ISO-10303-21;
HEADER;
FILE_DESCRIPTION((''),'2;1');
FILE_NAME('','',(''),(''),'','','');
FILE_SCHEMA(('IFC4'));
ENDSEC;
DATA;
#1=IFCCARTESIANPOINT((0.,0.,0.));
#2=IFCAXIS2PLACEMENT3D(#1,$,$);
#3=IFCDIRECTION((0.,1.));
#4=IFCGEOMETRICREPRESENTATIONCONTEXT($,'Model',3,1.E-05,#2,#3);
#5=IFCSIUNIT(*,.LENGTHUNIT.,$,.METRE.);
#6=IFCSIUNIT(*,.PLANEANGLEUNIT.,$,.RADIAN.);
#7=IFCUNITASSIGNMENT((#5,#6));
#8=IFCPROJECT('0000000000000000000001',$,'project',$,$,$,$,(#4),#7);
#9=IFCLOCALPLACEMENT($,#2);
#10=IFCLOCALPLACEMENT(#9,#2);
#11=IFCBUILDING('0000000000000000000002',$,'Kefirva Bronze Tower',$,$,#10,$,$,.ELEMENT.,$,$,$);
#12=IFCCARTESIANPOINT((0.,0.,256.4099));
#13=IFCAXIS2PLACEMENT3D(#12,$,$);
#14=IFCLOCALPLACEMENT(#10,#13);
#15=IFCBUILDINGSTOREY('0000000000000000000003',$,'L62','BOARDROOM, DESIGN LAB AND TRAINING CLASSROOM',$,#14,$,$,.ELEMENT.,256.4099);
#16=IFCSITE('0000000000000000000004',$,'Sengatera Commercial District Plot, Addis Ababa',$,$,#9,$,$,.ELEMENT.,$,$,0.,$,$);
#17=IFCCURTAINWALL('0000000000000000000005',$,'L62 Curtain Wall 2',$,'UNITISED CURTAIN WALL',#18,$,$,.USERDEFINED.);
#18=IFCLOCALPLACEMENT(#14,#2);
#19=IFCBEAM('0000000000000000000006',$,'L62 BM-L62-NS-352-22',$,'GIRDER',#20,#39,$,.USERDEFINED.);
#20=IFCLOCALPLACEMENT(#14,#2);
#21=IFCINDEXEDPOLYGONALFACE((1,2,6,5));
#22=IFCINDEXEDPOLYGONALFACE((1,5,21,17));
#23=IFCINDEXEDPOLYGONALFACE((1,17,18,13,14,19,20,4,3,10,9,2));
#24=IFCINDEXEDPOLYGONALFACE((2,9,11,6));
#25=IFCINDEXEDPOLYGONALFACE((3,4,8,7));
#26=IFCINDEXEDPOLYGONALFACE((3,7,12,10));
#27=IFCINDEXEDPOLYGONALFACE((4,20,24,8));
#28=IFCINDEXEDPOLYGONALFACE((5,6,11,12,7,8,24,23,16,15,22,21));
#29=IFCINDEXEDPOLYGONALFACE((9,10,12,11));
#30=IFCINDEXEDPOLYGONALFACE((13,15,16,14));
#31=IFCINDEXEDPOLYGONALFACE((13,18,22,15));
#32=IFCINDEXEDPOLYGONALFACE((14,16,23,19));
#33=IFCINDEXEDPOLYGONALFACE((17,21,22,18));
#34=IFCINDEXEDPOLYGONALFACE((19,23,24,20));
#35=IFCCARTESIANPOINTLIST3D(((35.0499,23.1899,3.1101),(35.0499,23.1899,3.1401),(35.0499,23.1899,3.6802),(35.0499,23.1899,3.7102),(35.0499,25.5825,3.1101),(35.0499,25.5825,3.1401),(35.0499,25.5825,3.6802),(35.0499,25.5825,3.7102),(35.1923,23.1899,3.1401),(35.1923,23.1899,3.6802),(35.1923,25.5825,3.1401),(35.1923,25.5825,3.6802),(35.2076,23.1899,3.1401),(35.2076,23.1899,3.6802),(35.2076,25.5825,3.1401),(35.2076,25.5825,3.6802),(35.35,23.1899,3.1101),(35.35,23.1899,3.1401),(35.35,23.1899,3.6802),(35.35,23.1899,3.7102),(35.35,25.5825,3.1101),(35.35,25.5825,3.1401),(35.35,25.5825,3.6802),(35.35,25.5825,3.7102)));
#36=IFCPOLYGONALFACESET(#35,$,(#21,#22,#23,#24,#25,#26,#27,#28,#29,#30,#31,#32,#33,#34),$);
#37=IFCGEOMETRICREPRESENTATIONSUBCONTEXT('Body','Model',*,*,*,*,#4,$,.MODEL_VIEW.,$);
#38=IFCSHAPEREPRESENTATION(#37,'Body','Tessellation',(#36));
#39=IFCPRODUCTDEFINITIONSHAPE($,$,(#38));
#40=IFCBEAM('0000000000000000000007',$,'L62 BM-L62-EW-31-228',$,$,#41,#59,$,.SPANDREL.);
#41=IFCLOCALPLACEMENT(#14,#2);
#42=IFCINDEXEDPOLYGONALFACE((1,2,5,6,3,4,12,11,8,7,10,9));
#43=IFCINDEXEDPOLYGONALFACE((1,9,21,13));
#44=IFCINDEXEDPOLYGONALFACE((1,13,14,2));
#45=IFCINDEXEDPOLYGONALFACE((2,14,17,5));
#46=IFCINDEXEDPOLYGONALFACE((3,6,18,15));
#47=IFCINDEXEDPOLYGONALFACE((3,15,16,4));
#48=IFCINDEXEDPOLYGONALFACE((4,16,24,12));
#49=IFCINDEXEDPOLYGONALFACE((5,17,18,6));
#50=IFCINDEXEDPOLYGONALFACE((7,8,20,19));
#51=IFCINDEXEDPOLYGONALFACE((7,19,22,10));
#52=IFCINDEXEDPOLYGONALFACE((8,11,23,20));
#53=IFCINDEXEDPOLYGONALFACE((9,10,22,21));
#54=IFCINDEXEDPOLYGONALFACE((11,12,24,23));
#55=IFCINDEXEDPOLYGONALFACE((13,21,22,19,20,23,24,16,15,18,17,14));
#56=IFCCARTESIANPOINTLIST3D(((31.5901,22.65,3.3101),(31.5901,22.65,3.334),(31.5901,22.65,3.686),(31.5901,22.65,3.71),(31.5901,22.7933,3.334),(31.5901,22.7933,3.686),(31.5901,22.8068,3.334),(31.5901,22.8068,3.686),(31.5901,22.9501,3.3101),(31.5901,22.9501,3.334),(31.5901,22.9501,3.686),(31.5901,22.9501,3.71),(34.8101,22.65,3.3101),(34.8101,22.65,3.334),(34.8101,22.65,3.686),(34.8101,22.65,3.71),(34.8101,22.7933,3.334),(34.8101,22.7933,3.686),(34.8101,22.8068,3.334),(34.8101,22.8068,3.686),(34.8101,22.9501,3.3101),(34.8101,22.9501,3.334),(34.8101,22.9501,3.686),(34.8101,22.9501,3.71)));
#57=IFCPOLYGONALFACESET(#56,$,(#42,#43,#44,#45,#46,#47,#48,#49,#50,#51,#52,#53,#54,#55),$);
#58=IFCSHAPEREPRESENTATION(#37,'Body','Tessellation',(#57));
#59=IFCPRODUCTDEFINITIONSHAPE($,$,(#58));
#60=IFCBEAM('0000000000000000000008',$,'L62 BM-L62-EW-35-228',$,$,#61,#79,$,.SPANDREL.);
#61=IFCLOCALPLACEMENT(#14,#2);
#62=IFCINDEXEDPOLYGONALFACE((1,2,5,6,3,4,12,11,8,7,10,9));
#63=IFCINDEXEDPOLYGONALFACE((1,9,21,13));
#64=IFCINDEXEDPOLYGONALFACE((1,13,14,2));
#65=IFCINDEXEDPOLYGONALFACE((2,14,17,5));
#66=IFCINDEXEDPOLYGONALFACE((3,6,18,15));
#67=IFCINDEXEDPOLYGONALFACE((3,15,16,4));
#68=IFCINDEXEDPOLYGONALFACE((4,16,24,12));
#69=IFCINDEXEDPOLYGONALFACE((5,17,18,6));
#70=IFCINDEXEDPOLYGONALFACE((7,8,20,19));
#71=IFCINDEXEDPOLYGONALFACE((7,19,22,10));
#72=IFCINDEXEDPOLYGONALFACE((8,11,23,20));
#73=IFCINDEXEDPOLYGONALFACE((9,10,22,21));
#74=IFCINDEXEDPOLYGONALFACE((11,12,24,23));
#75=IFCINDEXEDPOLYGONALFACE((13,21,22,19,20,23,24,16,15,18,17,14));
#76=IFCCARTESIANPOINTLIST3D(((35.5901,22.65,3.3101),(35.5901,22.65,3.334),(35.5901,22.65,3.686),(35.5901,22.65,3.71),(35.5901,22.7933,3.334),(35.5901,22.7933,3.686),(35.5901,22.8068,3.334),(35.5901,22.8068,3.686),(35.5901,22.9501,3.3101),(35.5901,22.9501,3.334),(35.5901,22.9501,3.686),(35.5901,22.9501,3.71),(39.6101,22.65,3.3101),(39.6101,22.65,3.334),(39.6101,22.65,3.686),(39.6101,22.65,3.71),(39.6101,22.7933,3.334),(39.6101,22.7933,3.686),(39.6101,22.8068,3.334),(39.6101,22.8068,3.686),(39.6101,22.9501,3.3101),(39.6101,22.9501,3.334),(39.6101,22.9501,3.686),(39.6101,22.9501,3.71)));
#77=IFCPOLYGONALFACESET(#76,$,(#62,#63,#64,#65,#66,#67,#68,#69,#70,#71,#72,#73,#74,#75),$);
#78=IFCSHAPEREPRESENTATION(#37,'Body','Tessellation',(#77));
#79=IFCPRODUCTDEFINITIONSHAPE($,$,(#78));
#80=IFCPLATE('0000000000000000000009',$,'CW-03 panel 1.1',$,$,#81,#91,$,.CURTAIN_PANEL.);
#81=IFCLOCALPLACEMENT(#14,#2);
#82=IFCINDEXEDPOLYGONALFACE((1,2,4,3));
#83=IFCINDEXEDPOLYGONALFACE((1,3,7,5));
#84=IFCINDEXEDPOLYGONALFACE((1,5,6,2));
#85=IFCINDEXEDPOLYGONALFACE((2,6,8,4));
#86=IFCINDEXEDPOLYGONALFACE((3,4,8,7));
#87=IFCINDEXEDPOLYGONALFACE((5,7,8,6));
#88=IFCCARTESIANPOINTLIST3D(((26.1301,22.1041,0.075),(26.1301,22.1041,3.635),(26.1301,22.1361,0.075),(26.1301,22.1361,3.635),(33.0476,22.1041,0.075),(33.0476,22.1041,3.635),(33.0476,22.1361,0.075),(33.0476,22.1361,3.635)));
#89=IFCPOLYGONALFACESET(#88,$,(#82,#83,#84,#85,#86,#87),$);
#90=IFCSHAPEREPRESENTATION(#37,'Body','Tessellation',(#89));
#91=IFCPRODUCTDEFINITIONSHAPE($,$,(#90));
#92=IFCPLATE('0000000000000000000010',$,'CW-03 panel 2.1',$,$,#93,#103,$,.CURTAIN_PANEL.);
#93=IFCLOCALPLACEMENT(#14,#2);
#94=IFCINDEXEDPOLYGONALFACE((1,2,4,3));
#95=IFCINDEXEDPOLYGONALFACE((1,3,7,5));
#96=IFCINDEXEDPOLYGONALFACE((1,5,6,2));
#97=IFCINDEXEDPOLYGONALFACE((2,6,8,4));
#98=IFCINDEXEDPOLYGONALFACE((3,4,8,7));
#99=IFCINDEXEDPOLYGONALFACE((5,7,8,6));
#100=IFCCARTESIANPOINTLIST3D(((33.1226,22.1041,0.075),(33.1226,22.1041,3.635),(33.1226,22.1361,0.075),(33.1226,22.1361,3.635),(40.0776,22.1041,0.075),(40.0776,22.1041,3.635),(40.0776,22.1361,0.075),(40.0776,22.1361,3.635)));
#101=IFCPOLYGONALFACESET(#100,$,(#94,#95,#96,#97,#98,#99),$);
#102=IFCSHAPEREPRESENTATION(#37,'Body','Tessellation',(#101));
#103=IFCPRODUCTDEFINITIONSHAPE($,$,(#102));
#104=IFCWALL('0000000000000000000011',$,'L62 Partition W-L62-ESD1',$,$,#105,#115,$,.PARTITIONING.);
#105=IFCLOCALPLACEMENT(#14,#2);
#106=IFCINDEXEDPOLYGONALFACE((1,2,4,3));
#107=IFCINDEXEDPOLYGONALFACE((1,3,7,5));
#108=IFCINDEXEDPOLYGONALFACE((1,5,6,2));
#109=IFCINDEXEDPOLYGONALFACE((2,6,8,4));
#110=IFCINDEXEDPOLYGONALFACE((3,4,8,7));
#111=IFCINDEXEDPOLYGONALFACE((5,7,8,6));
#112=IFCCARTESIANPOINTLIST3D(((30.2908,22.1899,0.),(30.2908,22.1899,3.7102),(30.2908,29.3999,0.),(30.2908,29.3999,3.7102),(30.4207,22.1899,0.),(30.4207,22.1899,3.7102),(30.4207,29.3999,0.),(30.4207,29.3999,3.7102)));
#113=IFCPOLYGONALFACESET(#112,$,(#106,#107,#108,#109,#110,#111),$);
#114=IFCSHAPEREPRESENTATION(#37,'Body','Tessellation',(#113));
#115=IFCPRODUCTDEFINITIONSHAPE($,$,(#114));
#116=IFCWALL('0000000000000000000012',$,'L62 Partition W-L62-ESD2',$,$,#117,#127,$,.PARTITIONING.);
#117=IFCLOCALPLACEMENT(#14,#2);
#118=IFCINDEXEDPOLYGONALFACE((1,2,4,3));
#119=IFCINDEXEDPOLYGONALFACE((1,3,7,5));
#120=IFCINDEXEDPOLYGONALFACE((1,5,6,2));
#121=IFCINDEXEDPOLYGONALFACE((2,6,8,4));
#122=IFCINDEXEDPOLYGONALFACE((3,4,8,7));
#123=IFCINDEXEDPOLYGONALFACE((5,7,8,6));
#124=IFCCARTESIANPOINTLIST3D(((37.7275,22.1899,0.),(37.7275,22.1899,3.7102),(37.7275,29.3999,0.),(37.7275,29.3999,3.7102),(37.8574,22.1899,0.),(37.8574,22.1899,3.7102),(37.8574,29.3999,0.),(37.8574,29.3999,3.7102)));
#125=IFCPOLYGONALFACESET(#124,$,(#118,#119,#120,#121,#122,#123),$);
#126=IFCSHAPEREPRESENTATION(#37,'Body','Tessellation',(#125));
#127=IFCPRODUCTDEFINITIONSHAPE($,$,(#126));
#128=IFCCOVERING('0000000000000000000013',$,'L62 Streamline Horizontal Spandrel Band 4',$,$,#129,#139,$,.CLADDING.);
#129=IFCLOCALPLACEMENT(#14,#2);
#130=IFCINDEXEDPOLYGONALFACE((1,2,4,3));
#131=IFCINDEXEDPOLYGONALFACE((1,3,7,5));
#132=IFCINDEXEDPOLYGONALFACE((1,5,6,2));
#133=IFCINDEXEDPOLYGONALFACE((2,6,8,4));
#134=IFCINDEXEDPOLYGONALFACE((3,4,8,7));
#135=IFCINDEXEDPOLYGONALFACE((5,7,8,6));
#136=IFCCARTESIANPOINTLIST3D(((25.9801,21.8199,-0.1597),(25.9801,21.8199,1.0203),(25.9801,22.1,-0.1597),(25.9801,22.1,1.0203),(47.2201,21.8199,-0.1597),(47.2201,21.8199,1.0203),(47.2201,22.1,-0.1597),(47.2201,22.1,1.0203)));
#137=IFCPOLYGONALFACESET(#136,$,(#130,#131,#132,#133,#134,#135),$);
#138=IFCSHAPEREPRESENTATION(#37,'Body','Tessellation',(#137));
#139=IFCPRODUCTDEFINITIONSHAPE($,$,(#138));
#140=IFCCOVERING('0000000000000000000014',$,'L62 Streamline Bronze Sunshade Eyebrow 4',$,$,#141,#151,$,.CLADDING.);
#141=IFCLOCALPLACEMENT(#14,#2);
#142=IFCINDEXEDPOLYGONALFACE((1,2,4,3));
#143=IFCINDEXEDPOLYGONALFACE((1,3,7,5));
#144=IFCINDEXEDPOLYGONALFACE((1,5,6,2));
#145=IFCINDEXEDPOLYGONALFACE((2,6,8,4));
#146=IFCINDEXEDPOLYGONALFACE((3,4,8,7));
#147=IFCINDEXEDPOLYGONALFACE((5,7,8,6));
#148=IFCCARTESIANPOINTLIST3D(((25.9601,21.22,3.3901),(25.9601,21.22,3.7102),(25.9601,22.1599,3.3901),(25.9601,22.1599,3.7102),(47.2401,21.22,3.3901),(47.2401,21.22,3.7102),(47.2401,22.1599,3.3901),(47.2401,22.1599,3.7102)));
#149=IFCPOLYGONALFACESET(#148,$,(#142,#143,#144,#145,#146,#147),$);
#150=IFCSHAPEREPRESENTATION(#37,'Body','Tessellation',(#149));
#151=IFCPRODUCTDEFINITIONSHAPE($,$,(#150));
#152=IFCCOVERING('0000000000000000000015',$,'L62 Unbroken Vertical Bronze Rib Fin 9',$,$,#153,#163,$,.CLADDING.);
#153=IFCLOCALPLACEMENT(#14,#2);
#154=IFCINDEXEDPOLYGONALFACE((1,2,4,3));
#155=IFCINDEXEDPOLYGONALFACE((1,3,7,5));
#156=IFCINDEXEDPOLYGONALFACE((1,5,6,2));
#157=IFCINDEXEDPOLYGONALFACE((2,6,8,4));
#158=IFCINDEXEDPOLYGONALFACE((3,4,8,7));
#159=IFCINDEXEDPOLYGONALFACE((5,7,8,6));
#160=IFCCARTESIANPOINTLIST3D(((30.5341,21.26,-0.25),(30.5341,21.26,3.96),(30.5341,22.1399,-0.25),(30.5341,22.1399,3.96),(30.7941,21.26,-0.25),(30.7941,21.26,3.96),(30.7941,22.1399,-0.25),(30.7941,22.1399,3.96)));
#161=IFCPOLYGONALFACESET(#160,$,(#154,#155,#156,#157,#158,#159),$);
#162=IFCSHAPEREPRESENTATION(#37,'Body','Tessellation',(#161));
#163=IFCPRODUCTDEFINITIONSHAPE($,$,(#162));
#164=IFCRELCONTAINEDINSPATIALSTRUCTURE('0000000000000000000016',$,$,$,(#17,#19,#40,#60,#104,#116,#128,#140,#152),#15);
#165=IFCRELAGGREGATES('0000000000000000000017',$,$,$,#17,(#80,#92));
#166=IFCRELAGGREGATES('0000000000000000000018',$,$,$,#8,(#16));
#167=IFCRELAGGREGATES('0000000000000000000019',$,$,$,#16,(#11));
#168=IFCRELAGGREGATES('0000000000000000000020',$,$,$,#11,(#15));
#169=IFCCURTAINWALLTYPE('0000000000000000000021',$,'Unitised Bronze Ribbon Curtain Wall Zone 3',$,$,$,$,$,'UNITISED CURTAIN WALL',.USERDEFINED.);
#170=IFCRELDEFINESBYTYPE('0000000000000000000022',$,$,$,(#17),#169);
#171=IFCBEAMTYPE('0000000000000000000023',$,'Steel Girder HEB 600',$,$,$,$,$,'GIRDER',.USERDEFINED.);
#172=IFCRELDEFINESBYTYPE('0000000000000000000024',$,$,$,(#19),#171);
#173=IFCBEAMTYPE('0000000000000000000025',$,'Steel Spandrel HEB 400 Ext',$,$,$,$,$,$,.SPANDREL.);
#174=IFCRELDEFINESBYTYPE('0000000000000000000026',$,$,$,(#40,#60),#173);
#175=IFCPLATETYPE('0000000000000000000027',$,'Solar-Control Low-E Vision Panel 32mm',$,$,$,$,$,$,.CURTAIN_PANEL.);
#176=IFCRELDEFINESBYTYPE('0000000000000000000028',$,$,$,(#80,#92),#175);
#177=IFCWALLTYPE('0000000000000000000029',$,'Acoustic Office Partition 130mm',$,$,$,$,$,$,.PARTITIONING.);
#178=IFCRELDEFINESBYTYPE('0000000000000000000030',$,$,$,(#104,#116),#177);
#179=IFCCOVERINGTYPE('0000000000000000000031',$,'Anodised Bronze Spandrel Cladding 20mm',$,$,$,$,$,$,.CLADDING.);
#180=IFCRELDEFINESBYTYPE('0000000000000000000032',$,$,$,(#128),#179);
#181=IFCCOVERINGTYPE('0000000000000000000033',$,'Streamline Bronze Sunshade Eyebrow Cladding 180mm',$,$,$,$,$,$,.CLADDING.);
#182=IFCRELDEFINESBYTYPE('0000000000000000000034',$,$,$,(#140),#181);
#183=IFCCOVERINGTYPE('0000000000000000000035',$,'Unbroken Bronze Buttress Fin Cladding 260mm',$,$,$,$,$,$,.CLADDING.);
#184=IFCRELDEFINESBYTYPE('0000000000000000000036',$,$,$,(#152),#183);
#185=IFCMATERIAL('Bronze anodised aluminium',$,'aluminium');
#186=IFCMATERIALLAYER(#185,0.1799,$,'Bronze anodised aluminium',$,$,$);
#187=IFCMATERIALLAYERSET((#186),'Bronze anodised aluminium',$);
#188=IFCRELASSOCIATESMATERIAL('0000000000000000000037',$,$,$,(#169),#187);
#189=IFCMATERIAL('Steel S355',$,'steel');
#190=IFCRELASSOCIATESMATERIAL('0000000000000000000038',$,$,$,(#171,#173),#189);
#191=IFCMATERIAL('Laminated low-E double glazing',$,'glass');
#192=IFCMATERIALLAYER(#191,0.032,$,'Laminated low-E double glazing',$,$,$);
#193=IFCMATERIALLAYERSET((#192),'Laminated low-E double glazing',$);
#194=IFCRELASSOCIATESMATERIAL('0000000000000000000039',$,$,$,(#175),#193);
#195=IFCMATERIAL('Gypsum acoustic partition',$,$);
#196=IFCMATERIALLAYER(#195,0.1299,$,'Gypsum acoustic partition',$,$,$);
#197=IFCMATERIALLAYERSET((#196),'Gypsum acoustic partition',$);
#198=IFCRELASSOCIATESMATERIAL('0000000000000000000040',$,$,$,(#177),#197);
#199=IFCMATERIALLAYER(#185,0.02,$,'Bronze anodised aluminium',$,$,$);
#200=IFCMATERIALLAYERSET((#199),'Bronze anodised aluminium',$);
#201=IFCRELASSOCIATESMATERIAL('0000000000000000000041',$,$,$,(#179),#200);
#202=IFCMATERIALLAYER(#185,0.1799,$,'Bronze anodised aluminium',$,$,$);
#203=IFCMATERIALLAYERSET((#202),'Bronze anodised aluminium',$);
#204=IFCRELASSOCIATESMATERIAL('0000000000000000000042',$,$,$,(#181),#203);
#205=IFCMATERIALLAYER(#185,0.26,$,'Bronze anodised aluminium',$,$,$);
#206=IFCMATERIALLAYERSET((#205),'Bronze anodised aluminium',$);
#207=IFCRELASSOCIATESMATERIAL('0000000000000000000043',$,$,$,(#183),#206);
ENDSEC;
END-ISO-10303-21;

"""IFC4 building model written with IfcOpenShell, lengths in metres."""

from ifc_helpers import new_model, si_unit, direction, frame, frame_2d, origin, origin_2d, place, context, subcontext, project, spatial, rectangle, i_section, extrude, material, layer, layer_set, material_profile, profile_set, type_object, element, aggregate, save


model = new_model("IFC4")

# Units and contexts
model_context = context("Model", 3, precision=1e-05, world=origin(), true_north=direction((0.0, 1.0)))
body_context = subcontext(model_context, "Body", "Model", "MODEL_VIEW")
ifc_project = project(units=[si_unit("LENGTHUNIT", "METRE"), si_unit("PLANEANGLEUNIT", "RADIAN")], contexts=[model_context])

# Site, building, storey
site_placement = place(None, origin())
site = spatial("IfcSite", under=ifc_project, at=site_placement, Name="Sengatera Commercial District Plot, Addis Ababa", CompositionType="ELEMENT", RefElevation=0.0)
building_placement = place(site_placement, origin())
building = spatial("IfcBuilding", under=site, at=building_placement, Name="Kefirva Bronze Tower", CompositionType="ELEMENT")
storey_placement = place(building_placement, frame((0.0, 0.0, 256.4099)))
storey = spatial("IfcBuildingStorey", under=building, at=storey_placement, Name="L62", Description="BOARDROOM, DESIGN LAB AND TRAINING CLASSROOM", CompositionType="ELEMENT", Elevation=256.4099)

# Curtain wall
ifc_material_1 = material(Name="Bronze anodised aluminium", Category="aluminium")
ifc_layer_1 = layer(ifc_material_1, 0.1799, Name="Bronze anodised aluminium")
ifc_layer_set_1 = layer_set([ifc_layer_1], Name="Bronze anodised aluminium")
curtain_wall_type = type_object("IfcCurtainWallType", Name="Unitised Bronze Ribbon Curtain Wall Zone 3", ElementType="UNITISED CURTAIN WALL", PredefinedType="USERDEFINED", material=ifc_layer_set_1)
curtain_wall_placement = place(storey_placement, origin())
curtain_wall = element("IfcCurtainWall", 1, at=curtain_wall_placement, inside=storey, type_object=curtain_wall_type, Name="L62 Curtain Wall 2", ObjectType="UNITISED CURTAIN WALL", PredefinedType="USERDEFINED")

# Beams
ifc_material_2 = material(Name="Steel S355", Category="steel")
ifc_material_profile_1 = material_profile(ifc_material_2, i_section(OverallWidth=0.3, OverallDepth=0.6001, WebThickness=0.0154, FlangeThickness=0.03, at=origin_2d()), Name="HEB 600")
ifc_profile_set_1 = profile_set([ifc_material_profile_1], Name="Steel S355")
beam_type_1 = type_object("IfcBeamType", Name="Steel Girder HEB 600", ElementType="GIRDER", PredefinedType="USERDEFINED", material=ifc_profile_set_1)
for number, where, z_axis, x_axis, name in (
    (2, (35.2, 23.1899, 3.4102), (0.0, 1.0, 0.0), (-1.0, 0.0, 0.0), "L62 BM-L62-NS-352-22"),
):
    element("IfcBeam", number, at=place(storey_placement, frame(where, z_axis=z_axis, x_axis=x_axis)), inside=storey, type_object=beam_type_1, Name=name, ObjectType="GIRDER", PredefinedType="USERDEFINED", context=body_context, shape_type="SweptSolid", body=[
        extrude(i_section(OverallWidth=0.3, OverallDepth=0.6001, WebThickness=0.0154, FlangeThickness=0.03, at=origin_2d()), origin(), (0.0, 0.0, 1.0), 2.3926),
    ])
ifc_material_profile_2 = material_profile(ifc_material_2, i_section(OverallWidth=0.3, OverallDepth=0.3999, WebThickness=0.0134, FlangeThickness=0.0239, at=origin_2d()), Name="HEB 400")
ifc_profile_set_2 = profile_set([ifc_material_profile_2], Name="Steel S355")
beam_type_2 = type_object("IfcBeamType", Name="Steel Spandrel HEB 400 Ext", PredefinedType="SPANDREL", material=ifc_profile_set_2)
beam_1_placement = place(storey_placement, frame((31.5901, 22.8, 3.51), z_axis=(1.0, 0.0, 0.0), x_axis=(0.0, 1.0, 0.0)))
element("IfcBeam", 3, at=beam_1_placement, inside=storey, type_object=beam_type_2, Name="L62 BM-L62-EW-31-228", PredefinedType="SPANDREL", context=body_context, shape_type="SweptSolid", body=[
    extrude(i_section(OverallWidth=0.3, OverallDepth=0.3999, WebThickness=0.0134, FlangeThickness=0.0239, at=origin_2d()), origin(), (0.0, 0.0, 1.0), 3.22),
])
beam_2_placement = place(storey_placement, frame((35.5901, 22.8, 3.51), z_axis=(1.0, 0.0, 0.0), x_axis=(0.0, 1.0, 0.0)))
element("IfcBeam", 4, at=beam_2_placement, inside=storey, type_object=beam_type_2, Name="L62 BM-L62-EW-35-228", PredefinedType="SPANDREL", context=body_context, shape_type="SweptSolid", body=[
    extrude(i_section(OverallWidth=0.3, OverallDepth=0.3999, WebThickness=0.0134, FlangeThickness=0.0239, at=origin_2d()), origin(), (0.0, 0.0, 1.0), 4.02),
])

# Plates
ifc_material_3 = material(Name="Laminated low-E double glazing", Category="glass")
ifc_layer_2 = layer(ifc_material_3, 0.032, Name="Laminated low-E double glazing")
ifc_layer_set_2 = layer_set([ifc_layer_2], Name="Laminated low-E double glazing")
plate_type = type_object("IfcPlateType", Name="Solar-Control Low-E Vision Panel 32mm", PredefinedType="CURTAIN_PANEL", material=ifc_layer_set_2)
plate_1_placement = place(storey_placement, frame((29.5889, 22.1201, 0.075), z_axis=(0.0, 0.0, 1.0), x_axis=(1.0, 0.0, 0.0)))
plate_1 = element("IfcPlate", 5, at=plate_1_placement, type_object=plate_type, Name="CW-03 panel 1.1", PredefinedType="CURTAIN_PANEL", context=body_context, shape_type="SweptSolid", body=[
    extrude(rectangle(XDim=6.9175, YDim=0.032, at=origin_2d()), origin(), (0.0, 0.0, 1.0), 3.5601),
])
plate_2_placement = place(storey_placement, frame((36.6001, 22.1201, 0.075), z_axis=(0.0, 0.0, 1.0), x_axis=(1.0, 0.0, 0.0)))
plate_2 = element("IfcPlate", 6, at=plate_2_placement, type_object=plate_type, Name="CW-03 panel 2.1", PredefinedType="CURTAIN_PANEL", context=body_context, shape_type="SweptSolid", body=[
    extrude(rectangle(XDim=6.9551, YDim=0.032, at=origin_2d()), origin(), (0.0, 0.0, 1.0), 3.5601),
])
aggregate(curtain_wall, [plate_1, plate_2])

# Walls
ifc_material_4 = material(Name="Gypsum acoustic partition")
ifc_layer_3 = layer(ifc_material_4, 0.1299, Name="Gypsum acoustic partition")
ifc_layer_set_3 = layer_set([ifc_layer_3], Name="Gypsum acoustic partition")
wall_type = type_object("IfcWallType", Name="Acoustic Office Partition 130mm", PredefinedType="PARTITIONING", material=ifc_layer_set_3)
for number, where, z_axis, x_axis, name in (
    (7, (30.3557, 22.1899, 0.0), (0.0, 0.0, 1.0), (0.0, 1.0, 0.0), "L62 Partition W-L62-ESD1"),
    (8, (37.7925, 22.1899, 0.0), (0.0, 0.0, 1.0), (0.0, 1.0, 0.0), "L62 Partition W-L62-ESD2"),
):
    element("IfcWall", number, at=place(storey_placement, frame(where, z_axis=z_axis, x_axis=x_axis)), inside=storey, type_object=wall_type, Name=name, PredefinedType="PARTITIONING", context=body_context, shape_type="SweptSolid", body=[
        extrude(rectangle(XDim=7.21, YDim=0.1299, at=frame_2d((3.605, 0.0))), origin(), (0.0, 0.0, 1.0), 3.7102),
    ])

# Coverings
ifc_layer_4 = layer(ifc_material_1, 0.02, Name="Bronze anodised aluminium")
ifc_layer_set_4 = layer_set([ifc_layer_4], Name="Bronze anodised aluminium")
covering_type_1 = type_object("IfcCoveringType", Name="Anodised Bronze Spandrel Cladding 20mm", PredefinedType="CLADDING", material=ifc_layer_set_4)
covering_1_placement = place(storey_placement, frame((36.6001, 21.96, -0.1597), z_axis=(0.0, 0.0, 1.0), x_axis=(1.0, 0.0, 0.0)))
element("IfcCovering", 9, at=covering_1_placement, inside=storey, type_object=covering_type_1, Name="L62 Streamline Horizontal Spandrel Band 4", PredefinedType="CLADDING", context=body_context, shape_type="SweptSolid", body=[
    extrude(rectangle(XDim=21.24, YDim=0.28, at=origin_2d()), origin(), (0.0, 0.0, 1.0), 1.1799),
])
ifc_layer_5 = layer(ifc_material_1, 0.1799, Name="Bronze anodised aluminium")
ifc_layer_set_5 = layer_set([ifc_layer_5], Name="Bronze anodised aluminium")
covering_type_2 = type_object("IfcCoveringType", Name="Streamline Bronze Sunshade Eyebrow Cladding 180mm", PredefinedType="CLADDING", material=ifc_layer_set_5)
covering_2_placement = place(storey_placement, frame((36.6001, 21.6899, 3.3901), z_axis=(0.0, 0.0, 1.0), x_axis=(1.0, 0.0, 0.0)))
element("IfcCovering", 10, at=covering_2_placement, inside=storey, type_object=covering_type_2, Name="L62 Streamline Bronze Sunshade Eyebrow 4", PredefinedType="CLADDING", context=body_context, shape_type="SweptSolid", body=[
    extrude(rectangle(XDim=21.28, YDim=0.9399, at=origin_2d()), origin(), (0.0, 0.0, 1.0), 0.3201),
])
ifc_layer_6 = layer(ifc_material_1, 0.26, Name="Bronze anodised aluminium")
ifc_layer_set_6 = layer_set([ifc_layer_6], Name="Bronze anodised aluminium")
covering_type_3 = type_object("IfcCoveringType", Name="Unbroken Bronze Buttress Fin Cladding 260mm", PredefinedType="CLADDING", material=ifc_layer_set_6)
covering_3_placement = place(storey_placement, frame((30.6641, 21.7, -0.25), z_axis=(0.0, 0.0, 1.0), x_axis=(1.0, 0.0, 0.0)))
element("IfcCovering", 11, at=covering_3_placement, inside=storey, type_object=covering_type_3, Name="L62 Unbroken Vertical Bronze Rib Fin 9", PredefinedType="CLADDING", context=body_context, shape_type="SweptSolid", body=[
    extrude(rectangle(XDim=0.26, YDim=0.8799, at=origin_2d()), origin(), (0.0, 0.0, 1.0), 4.21),
])

save(model, "model.ifc")
